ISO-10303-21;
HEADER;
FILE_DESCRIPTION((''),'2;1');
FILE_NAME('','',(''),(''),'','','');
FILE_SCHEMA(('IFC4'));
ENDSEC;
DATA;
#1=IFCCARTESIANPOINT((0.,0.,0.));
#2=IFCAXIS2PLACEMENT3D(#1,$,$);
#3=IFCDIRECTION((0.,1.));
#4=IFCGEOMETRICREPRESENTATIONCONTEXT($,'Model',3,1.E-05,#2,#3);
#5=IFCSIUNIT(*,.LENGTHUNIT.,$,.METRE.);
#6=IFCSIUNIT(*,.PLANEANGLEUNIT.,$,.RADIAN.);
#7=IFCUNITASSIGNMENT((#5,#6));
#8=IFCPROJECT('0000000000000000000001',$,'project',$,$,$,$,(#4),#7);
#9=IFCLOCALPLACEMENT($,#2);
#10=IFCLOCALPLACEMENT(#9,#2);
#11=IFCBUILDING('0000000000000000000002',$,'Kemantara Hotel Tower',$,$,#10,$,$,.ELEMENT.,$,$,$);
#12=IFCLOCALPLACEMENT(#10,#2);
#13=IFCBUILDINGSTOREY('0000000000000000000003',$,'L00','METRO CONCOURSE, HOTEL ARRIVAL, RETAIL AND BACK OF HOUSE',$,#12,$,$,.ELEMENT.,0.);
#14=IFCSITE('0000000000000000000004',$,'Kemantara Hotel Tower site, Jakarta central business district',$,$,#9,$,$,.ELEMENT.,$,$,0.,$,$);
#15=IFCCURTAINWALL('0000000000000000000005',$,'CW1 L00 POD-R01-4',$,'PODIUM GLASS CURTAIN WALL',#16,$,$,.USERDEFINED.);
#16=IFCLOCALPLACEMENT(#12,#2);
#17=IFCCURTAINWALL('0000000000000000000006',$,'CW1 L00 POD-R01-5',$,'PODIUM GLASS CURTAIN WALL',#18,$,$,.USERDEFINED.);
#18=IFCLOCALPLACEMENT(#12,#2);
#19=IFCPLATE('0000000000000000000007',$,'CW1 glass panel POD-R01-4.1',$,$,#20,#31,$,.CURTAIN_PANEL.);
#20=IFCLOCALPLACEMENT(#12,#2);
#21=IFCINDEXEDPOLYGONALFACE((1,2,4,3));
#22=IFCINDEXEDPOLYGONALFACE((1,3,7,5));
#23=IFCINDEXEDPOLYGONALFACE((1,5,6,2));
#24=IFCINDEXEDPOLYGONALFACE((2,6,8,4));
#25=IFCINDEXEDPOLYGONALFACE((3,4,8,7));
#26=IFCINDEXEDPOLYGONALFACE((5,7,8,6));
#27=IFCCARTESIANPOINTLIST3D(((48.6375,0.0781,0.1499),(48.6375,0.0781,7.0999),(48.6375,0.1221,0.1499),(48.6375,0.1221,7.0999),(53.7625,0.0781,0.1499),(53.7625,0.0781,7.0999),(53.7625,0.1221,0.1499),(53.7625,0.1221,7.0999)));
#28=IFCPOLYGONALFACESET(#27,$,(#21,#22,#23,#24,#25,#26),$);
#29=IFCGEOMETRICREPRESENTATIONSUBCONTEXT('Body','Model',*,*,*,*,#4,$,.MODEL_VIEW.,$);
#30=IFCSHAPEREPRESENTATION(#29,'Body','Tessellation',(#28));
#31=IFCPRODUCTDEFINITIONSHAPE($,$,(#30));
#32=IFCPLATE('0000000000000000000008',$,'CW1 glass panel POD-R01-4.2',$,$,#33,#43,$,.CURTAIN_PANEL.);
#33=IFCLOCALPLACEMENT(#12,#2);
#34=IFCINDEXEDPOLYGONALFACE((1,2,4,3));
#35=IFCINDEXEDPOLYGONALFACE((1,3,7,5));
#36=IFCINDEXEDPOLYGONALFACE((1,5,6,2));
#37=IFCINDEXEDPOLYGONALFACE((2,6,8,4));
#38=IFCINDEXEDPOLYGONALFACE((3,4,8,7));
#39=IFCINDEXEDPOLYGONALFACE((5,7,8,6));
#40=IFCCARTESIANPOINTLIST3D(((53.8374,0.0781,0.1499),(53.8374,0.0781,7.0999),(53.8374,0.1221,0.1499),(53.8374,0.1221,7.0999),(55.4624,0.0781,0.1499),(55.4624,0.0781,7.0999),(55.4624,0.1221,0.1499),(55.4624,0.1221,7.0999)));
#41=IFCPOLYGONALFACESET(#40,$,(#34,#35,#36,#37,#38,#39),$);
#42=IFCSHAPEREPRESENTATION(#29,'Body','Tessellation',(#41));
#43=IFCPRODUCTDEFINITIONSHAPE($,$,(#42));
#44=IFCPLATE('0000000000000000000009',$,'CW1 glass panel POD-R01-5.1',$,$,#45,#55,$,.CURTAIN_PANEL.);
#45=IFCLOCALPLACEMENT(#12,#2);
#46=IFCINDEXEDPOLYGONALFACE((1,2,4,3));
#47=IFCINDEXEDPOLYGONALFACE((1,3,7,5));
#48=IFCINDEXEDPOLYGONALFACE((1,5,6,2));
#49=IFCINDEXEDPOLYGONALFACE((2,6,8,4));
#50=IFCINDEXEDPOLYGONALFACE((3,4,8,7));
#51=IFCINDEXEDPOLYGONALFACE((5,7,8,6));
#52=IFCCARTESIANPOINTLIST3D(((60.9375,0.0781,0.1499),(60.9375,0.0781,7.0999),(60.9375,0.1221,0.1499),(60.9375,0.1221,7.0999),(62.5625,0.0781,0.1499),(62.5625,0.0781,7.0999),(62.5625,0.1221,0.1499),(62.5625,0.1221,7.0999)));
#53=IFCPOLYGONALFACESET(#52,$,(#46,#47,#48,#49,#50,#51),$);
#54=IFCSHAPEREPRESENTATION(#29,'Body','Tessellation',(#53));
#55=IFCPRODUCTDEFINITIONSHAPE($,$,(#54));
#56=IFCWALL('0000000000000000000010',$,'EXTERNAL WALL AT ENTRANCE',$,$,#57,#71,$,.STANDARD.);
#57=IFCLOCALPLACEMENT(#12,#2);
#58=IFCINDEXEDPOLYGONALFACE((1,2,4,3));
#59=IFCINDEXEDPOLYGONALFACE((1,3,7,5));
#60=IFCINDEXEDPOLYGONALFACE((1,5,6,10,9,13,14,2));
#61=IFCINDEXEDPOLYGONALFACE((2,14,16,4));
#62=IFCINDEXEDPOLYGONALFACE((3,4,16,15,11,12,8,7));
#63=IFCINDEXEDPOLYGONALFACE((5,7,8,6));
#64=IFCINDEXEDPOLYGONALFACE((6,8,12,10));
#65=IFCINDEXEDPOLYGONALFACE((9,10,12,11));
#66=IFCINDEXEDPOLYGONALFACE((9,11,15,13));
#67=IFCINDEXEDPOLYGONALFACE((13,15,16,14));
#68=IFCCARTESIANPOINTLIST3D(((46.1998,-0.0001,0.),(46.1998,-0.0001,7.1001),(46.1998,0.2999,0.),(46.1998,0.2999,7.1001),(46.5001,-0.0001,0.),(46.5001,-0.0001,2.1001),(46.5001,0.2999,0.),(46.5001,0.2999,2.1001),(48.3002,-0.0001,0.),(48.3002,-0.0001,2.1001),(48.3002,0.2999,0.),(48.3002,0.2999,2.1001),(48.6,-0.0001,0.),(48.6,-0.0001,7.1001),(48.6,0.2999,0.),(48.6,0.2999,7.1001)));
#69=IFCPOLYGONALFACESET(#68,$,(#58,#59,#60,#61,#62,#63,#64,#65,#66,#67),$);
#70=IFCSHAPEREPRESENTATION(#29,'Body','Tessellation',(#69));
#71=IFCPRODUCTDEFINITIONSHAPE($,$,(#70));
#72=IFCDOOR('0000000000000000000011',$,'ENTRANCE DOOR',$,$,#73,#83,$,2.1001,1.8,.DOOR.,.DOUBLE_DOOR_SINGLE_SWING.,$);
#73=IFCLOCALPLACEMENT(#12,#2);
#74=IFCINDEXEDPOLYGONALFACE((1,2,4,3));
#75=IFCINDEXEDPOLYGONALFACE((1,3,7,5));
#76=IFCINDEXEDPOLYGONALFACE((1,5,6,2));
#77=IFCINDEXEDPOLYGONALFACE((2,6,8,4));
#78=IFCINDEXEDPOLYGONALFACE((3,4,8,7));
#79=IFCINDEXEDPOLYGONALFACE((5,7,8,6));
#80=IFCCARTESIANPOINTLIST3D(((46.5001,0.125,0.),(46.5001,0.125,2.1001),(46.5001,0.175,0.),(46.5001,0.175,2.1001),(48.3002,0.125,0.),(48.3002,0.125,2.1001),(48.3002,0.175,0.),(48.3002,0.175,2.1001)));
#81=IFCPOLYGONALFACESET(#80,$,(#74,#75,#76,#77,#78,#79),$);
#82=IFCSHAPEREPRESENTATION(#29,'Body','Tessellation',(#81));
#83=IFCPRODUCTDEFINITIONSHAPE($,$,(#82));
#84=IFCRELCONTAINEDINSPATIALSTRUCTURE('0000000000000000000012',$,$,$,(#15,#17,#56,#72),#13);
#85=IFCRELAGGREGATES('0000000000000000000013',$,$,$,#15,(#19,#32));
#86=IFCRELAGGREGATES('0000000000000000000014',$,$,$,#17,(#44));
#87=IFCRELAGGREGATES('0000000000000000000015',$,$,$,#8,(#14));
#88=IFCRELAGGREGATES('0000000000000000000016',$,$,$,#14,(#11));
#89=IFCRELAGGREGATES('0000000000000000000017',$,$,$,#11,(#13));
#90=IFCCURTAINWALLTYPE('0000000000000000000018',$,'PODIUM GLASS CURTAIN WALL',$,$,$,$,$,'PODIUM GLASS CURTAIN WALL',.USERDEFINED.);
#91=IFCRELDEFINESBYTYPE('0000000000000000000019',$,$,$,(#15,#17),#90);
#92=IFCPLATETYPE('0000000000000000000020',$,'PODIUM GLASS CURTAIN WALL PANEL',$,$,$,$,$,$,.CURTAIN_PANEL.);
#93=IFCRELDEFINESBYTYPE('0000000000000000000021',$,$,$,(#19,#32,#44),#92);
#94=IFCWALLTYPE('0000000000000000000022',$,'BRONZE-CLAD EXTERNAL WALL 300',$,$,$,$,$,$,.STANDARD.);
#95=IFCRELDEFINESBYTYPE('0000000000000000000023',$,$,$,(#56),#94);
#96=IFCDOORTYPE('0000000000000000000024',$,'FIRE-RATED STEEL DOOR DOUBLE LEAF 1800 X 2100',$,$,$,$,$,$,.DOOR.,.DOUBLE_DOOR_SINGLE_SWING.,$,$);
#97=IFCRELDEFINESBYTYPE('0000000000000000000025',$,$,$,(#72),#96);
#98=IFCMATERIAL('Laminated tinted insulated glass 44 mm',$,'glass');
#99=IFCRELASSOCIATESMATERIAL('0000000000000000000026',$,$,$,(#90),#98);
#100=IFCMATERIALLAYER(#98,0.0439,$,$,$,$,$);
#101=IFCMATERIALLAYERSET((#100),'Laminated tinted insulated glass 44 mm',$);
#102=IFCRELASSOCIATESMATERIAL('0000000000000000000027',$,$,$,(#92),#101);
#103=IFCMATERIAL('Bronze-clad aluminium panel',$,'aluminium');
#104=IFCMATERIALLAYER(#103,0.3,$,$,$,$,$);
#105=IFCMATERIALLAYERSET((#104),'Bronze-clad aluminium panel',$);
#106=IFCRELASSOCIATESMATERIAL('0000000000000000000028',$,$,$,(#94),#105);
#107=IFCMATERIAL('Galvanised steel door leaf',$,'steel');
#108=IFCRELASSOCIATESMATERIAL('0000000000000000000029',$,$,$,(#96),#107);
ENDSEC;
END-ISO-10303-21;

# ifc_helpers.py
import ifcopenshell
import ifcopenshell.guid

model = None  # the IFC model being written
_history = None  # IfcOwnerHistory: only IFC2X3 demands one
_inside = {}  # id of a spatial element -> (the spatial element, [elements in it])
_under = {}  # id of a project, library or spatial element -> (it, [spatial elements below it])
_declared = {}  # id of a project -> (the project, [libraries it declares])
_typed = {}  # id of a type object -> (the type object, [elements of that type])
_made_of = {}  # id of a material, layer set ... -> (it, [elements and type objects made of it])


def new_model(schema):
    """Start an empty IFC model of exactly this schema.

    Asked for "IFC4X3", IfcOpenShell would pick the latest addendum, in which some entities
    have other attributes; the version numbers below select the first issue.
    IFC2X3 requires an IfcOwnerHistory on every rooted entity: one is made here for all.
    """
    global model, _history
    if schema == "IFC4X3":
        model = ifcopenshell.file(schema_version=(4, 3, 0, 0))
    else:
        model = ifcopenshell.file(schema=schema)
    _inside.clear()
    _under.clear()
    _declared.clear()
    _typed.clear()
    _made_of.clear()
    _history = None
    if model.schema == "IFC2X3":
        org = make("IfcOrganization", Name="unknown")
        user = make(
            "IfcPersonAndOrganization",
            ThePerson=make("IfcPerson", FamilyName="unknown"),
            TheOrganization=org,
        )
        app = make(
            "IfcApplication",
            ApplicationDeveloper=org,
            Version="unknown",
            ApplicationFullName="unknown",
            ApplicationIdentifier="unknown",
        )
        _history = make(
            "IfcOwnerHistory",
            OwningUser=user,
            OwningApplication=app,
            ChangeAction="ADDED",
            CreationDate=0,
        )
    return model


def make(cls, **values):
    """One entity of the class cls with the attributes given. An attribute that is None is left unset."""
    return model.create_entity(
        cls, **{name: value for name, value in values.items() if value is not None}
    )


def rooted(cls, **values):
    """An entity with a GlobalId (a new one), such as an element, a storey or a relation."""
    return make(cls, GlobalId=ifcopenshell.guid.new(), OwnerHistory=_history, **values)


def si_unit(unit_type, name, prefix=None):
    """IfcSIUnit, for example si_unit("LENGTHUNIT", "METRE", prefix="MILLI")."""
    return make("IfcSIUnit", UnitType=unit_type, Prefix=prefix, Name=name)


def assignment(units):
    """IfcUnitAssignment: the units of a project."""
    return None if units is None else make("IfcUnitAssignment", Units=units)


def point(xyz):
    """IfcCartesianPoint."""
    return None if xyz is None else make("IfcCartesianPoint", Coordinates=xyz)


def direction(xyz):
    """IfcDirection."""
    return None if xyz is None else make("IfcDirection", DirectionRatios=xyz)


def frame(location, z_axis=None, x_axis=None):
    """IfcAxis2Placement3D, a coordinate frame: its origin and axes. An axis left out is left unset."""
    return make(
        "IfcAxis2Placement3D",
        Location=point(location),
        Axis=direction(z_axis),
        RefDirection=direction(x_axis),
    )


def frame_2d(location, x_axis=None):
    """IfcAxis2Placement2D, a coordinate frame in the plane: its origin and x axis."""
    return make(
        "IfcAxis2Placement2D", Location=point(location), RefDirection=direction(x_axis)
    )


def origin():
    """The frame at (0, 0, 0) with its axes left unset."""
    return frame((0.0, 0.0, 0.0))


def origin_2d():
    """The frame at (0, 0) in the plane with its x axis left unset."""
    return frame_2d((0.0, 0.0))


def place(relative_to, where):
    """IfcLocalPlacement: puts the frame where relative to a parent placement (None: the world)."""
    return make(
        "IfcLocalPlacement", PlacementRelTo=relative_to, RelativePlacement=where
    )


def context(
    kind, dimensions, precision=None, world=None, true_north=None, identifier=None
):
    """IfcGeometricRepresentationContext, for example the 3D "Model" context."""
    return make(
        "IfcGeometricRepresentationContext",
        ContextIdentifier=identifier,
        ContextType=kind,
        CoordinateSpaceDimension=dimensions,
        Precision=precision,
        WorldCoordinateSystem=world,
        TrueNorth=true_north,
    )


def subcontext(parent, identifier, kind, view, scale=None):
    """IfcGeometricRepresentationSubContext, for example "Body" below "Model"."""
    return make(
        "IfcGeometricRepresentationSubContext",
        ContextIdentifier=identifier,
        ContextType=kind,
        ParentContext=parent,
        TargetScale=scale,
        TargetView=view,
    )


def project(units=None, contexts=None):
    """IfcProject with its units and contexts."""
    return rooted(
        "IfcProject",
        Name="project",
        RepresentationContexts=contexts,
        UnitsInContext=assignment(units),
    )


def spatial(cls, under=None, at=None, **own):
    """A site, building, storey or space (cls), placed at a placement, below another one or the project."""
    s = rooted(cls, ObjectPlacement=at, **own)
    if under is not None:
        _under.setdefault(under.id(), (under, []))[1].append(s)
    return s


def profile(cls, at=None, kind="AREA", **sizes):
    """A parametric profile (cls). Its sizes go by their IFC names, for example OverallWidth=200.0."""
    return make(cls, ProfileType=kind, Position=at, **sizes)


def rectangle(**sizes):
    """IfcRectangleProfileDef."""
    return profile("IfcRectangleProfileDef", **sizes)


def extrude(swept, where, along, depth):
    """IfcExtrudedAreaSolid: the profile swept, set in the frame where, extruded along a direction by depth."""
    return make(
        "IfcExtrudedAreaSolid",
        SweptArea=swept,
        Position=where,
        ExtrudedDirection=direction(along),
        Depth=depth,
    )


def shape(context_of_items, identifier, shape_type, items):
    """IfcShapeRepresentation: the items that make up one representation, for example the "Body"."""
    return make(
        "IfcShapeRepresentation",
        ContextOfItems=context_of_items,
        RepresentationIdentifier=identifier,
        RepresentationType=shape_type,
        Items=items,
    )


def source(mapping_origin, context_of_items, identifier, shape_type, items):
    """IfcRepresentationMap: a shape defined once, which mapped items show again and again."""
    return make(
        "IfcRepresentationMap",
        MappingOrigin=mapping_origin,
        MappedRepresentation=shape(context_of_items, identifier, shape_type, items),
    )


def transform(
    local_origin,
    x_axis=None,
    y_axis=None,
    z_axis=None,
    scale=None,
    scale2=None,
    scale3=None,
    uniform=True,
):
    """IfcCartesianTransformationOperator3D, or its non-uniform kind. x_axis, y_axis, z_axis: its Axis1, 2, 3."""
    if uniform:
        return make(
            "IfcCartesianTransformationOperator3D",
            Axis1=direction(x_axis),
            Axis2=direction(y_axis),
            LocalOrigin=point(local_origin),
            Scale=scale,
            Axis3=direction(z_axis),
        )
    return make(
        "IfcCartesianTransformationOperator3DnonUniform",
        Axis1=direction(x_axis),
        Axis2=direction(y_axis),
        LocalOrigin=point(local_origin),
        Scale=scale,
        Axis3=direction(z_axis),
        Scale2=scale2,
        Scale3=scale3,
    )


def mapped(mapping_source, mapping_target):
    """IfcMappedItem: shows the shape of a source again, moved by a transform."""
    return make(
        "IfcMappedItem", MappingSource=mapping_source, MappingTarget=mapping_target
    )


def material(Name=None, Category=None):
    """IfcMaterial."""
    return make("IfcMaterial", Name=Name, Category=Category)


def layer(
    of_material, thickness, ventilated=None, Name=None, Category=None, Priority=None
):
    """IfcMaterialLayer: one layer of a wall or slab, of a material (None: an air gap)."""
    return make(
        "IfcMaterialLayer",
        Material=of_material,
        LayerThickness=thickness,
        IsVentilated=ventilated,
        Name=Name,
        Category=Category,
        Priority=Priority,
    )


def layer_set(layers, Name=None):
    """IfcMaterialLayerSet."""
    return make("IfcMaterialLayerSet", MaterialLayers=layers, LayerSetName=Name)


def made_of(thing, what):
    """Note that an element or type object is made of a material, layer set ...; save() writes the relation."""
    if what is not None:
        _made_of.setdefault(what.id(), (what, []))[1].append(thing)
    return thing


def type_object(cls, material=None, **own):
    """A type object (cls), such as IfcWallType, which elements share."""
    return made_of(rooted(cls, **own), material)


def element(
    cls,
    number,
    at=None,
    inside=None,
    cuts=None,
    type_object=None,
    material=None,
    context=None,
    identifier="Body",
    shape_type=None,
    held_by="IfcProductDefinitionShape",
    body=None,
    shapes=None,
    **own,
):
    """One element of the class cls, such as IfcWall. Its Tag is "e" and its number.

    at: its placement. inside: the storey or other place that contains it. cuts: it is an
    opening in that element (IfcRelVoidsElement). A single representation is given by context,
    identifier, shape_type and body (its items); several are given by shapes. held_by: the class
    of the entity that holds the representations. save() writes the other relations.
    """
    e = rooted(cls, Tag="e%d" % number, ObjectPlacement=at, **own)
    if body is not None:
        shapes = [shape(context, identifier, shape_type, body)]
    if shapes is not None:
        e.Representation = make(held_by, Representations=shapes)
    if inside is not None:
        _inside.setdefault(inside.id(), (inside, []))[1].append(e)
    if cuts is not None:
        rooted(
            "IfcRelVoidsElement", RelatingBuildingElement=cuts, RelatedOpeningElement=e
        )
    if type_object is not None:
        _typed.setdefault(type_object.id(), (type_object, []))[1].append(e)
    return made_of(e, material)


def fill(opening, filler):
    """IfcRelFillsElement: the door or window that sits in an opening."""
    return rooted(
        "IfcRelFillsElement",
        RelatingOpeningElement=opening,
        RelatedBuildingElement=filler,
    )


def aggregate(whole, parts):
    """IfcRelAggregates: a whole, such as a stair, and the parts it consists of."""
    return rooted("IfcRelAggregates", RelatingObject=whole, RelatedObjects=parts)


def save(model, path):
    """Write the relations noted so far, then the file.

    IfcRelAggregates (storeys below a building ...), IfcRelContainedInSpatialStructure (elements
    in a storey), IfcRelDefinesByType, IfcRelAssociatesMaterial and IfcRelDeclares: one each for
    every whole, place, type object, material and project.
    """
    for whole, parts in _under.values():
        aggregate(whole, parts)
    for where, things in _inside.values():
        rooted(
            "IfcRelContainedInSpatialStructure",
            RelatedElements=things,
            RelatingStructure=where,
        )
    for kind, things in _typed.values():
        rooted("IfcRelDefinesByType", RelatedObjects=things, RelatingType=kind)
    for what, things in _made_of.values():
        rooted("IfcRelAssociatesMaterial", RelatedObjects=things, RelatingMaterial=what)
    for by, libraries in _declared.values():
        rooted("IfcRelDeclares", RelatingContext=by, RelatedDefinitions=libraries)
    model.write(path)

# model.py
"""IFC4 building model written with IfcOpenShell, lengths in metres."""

from ifc_helpers import new_model, si_unit, direction, frame, frame_2d, origin, origin_2d, place, context, subcontext, project, spatial, rectangle, extrude, source, transform, mapped, material, layer, layer_set, type_object, element, fill, aggregate, save


model = new_model("IFC4")

# Units and contexts
model_context = context("Model", 3, precision=1e-05, world=origin(), true_north=direction((0.0, 1.0)))
body_context = subcontext(model_context, "Body", "Model", "MODEL_VIEW")
ifc_project = project(units=[si_unit("LENGTHUNIT", "METRE"), si_unit("PLANEANGLEUNIT", "RADIAN")], contexts=[model_context])

# Site, building, storey
site_placement = place(None, origin())
site = spatial("IfcSite", under=ifc_project, at=site_placement, Name="Kemantara Hotel Tower site, Jakarta central business district", CompositionType="ELEMENT", RefElevation=0.0)
building_placement = place(site_placement, origin())
building = spatial("IfcBuilding", under=site, at=building_placement, Name="Kemantara Hotel Tower", CompositionType="ELEMENT")
storey_placement = place(building_placement, origin())
storey = spatial("IfcBuildingStorey", under=building, at=storey_placement, Name="L00", Description="METRO CONCOURSE, HOTEL ARRIVAL, RETAIL AND BACK OF HOUSE", CompositionType="ELEMENT", Elevation=0.0)

# Curtain walls
ifc_material_1 = material(Name="Laminated tinted insulated glass 44 mm", Category="glass")
curtain_wall_type = type_object("IfcCurtainWallType", Name="PODIUM GLASS CURTAIN WALL", ElementType="PODIUM GLASS CURTAIN WALL", PredefinedType="USERDEFINED", material=ifc_material_1)
curtain_wall_1_placement = place(storey_placement, origin())
curtain_wall_1 = element("IfcCurtainWall", 1, at=curtain_wall_1_placement, inside=storey, type_object=curtain_wall_type, Name="CW1 L00 POD-R01-4", ObjectType="PODIUM GLASS CURTAIN WALL", PredefinedType="USERDEFINED")
curtain_wall_2_placement = place(storey_placement, origin())
curtain_wall_2 = element("IfcCurtainWall", 2, at=curtain_wall_2_placement, inside=storey, type_object=curtain_wall_type, Name="CW1 L00 POD-R01-5", ObjectType="PODIUM GLASS CURTAIN WALL", PredefinedType="USERDEFINED")

# Plates
ifc_layer_1 = layer(ifc_material_1, 0.0439)
ifc_layer_set_1 = layer_set([ifc_layer_1], Name="Laminated tinted insulated glass 44 mm")
plate_type = type_object("IfcPlateType", Name="PODIUM GLASS CURTAIN WALL PANEL", PredefinedType="CURTAIN_PANEL", material=ifc_layer_set_1)
shared_shape_1 = source(origin(), body_context, "Body", "SweptSolid", [
    extrude(rectangle(XDim=5.125, YDim=0.0439, at=origin_2d()), origin(), (0.0, 0.0, 1.0), 6.95),
])
plate_1_placement = place(storey_placement, frame((51.2, 0.1001, 0.1499), z_axis=(0.0, 0.0, 1.0), x_axis=(1.0, 0.0, 0.0)))
plate_1 = element("IfcPlate", 3, at=plate_1_placement, type_object=plate_type, Name="CW1 glass panel POD-R01-4.1", PredefinedType="CURTAIN_PANEL", context=body_context, shape_type="MappedRepresentation", body=[
    mapped(shared_shape_1, transform((0.0, 0.0, 0.0))),
])
shared_shape_2 = source(origin(), body_context, "Body", "SweptSolid", [
    extrude(rectangle(XDim=1.625, YDim=0.0439, at=origin_2d()), origin(), (0.0, 0.0, 1.0), 6.95),
])
plate_2_placement = place(storey_placement, frame((54.6499, 0.1001, 0.1499), z_axis=(0.0, 0.0, 1.0), x_axis=(1.0, 0.0, 0.0)))
plate_2 = element("IfcPlate", 4, at=plate_2_placement, type_object=plate_type, Name="CW1 glass panel POD-R01-4.2", PredefinedType="CURTAIN_PANEL", context=body_context, shape_type="MappedRepresentation", body=[
    mapped(shared_shape_2, transform((0.0, 0.0, 0.0))),
])
aggregate(curtain_wall_1, [plate_1, plate_2])
plate_3_placement = place(storey_placement, frame((61.75, 0.1001, 0.1499), z_axis=(0.0, 0.0, 1.0), x_axis=(1.0, 0.0, 0.0)))
plate_3 = element("IfcPlate", 5, at=plate_3_placement, type_object=plate_type, Name="CW1 glass panel POD-R01-5.1", PredefinedType="CURTAIN_PANEL", context=body_context, shape_type="MappedRepresentation", body=[
    mapped(shared_shape_2, transform((0.0, 0.0, 0.0))),
])
aggregate(curtain_wall_2, [plate_3])

# Shared definitions
ifc_material_2 = material(Name="Bronze-clad aluminium panel", Category="aluminium")
ifc_layer_2 = layer(ifc_material_2, 0.3)
ifc_layer_set_2 = layer_set([ifc_layer_2], Name="Bronze-clad aluminium panel")
wall_type = type_object("IfcWallType", Name="BRONZE-CLAD EXTERNAL WALL 300", PredefinedType="STANDARD", material=ifc_layer_set_2)

# Wall, opening, door
wall_1_placement = place(storey_placement, frame((48.6001, 0.1499, 0.0), z_axis=(0.0, 0.0, 1.0), x_axis=(-1.0, 0.0, 0.0)))
wall_1 = element("IfcWall", 6, at=wall_1_placement, inside=storey, type_object=wall_type, Name="EXTERNAL WALL AT ENTRANCE", PredefinedType="STANDARD", context=body_context, shape_type="SweptSolid", body=[
    extrude(rectangle(XDim=2.4001, YDim=0.3, at=frame_2d((1.2002, 0.0))), origin(), (0.0, 0.0, 1.0), 7.1001),
])
opening_1_placement = place(wall_1_placement, frame((0.3, 0.0, 0.0)))
opening_1 = element("IfcOpeningElement", 7, at=opening_1_placement, cuts=wall_1, PredefinedType="OPENING", context=body_context, shape_type="SweptSolid", body=[
    extrude(rectangle(XDim=1.8, YDim=2.1001, at=frame_2d((0.8999, 1.05))), frame((0.0, 0.1599, 0.0), z_axis=(0.0, -1.0, 0.0), x_axis=(1.0, 0.0, 0.0)), (0.0, 0.0, 1.0), 0.3201),
])
ifc_material_3 = material(Name="Galvanised steel door leaf", Category="steel")
door_type_1 = type_object("IfcDoorType", Name="FIRE-RATED STEEL DOOR DOUBLE LEAF 1800 X 2100", OperationType="DOUBLE_DOOR_SINGLE_SWING", PredefinedType="DOOR", material=ifc_material_3)
door_1_placement = place(opening_1_placement, origin())
door_1 = element("IfcDoor", 8, at=door_1_placement, inside=storey, type_object=door_type_1, Name="ENTRANCE DOOR", OperationType="DOUBLE_DOOR_SINGLE_SWING", OverallHeight=2.1001, OverallWidth=1.8, PredefinedType="DOOR", context=body_context, shape_type="SweptSolid", body=[
    extrude(rectangle(XDim=1.8, YDim=2.1001, at=frame_2d((0.8999, 1.05))), frame((0.0, 0.0249, 0.0), z_axis=(0.0, -1.0, 0.0), x_axis=(1.0, 0.0, 0.0)), (0.0, 0.0, 1.0), 0.05),
])
fill(opening_1, door_1)

save(model, "model.ifc")
